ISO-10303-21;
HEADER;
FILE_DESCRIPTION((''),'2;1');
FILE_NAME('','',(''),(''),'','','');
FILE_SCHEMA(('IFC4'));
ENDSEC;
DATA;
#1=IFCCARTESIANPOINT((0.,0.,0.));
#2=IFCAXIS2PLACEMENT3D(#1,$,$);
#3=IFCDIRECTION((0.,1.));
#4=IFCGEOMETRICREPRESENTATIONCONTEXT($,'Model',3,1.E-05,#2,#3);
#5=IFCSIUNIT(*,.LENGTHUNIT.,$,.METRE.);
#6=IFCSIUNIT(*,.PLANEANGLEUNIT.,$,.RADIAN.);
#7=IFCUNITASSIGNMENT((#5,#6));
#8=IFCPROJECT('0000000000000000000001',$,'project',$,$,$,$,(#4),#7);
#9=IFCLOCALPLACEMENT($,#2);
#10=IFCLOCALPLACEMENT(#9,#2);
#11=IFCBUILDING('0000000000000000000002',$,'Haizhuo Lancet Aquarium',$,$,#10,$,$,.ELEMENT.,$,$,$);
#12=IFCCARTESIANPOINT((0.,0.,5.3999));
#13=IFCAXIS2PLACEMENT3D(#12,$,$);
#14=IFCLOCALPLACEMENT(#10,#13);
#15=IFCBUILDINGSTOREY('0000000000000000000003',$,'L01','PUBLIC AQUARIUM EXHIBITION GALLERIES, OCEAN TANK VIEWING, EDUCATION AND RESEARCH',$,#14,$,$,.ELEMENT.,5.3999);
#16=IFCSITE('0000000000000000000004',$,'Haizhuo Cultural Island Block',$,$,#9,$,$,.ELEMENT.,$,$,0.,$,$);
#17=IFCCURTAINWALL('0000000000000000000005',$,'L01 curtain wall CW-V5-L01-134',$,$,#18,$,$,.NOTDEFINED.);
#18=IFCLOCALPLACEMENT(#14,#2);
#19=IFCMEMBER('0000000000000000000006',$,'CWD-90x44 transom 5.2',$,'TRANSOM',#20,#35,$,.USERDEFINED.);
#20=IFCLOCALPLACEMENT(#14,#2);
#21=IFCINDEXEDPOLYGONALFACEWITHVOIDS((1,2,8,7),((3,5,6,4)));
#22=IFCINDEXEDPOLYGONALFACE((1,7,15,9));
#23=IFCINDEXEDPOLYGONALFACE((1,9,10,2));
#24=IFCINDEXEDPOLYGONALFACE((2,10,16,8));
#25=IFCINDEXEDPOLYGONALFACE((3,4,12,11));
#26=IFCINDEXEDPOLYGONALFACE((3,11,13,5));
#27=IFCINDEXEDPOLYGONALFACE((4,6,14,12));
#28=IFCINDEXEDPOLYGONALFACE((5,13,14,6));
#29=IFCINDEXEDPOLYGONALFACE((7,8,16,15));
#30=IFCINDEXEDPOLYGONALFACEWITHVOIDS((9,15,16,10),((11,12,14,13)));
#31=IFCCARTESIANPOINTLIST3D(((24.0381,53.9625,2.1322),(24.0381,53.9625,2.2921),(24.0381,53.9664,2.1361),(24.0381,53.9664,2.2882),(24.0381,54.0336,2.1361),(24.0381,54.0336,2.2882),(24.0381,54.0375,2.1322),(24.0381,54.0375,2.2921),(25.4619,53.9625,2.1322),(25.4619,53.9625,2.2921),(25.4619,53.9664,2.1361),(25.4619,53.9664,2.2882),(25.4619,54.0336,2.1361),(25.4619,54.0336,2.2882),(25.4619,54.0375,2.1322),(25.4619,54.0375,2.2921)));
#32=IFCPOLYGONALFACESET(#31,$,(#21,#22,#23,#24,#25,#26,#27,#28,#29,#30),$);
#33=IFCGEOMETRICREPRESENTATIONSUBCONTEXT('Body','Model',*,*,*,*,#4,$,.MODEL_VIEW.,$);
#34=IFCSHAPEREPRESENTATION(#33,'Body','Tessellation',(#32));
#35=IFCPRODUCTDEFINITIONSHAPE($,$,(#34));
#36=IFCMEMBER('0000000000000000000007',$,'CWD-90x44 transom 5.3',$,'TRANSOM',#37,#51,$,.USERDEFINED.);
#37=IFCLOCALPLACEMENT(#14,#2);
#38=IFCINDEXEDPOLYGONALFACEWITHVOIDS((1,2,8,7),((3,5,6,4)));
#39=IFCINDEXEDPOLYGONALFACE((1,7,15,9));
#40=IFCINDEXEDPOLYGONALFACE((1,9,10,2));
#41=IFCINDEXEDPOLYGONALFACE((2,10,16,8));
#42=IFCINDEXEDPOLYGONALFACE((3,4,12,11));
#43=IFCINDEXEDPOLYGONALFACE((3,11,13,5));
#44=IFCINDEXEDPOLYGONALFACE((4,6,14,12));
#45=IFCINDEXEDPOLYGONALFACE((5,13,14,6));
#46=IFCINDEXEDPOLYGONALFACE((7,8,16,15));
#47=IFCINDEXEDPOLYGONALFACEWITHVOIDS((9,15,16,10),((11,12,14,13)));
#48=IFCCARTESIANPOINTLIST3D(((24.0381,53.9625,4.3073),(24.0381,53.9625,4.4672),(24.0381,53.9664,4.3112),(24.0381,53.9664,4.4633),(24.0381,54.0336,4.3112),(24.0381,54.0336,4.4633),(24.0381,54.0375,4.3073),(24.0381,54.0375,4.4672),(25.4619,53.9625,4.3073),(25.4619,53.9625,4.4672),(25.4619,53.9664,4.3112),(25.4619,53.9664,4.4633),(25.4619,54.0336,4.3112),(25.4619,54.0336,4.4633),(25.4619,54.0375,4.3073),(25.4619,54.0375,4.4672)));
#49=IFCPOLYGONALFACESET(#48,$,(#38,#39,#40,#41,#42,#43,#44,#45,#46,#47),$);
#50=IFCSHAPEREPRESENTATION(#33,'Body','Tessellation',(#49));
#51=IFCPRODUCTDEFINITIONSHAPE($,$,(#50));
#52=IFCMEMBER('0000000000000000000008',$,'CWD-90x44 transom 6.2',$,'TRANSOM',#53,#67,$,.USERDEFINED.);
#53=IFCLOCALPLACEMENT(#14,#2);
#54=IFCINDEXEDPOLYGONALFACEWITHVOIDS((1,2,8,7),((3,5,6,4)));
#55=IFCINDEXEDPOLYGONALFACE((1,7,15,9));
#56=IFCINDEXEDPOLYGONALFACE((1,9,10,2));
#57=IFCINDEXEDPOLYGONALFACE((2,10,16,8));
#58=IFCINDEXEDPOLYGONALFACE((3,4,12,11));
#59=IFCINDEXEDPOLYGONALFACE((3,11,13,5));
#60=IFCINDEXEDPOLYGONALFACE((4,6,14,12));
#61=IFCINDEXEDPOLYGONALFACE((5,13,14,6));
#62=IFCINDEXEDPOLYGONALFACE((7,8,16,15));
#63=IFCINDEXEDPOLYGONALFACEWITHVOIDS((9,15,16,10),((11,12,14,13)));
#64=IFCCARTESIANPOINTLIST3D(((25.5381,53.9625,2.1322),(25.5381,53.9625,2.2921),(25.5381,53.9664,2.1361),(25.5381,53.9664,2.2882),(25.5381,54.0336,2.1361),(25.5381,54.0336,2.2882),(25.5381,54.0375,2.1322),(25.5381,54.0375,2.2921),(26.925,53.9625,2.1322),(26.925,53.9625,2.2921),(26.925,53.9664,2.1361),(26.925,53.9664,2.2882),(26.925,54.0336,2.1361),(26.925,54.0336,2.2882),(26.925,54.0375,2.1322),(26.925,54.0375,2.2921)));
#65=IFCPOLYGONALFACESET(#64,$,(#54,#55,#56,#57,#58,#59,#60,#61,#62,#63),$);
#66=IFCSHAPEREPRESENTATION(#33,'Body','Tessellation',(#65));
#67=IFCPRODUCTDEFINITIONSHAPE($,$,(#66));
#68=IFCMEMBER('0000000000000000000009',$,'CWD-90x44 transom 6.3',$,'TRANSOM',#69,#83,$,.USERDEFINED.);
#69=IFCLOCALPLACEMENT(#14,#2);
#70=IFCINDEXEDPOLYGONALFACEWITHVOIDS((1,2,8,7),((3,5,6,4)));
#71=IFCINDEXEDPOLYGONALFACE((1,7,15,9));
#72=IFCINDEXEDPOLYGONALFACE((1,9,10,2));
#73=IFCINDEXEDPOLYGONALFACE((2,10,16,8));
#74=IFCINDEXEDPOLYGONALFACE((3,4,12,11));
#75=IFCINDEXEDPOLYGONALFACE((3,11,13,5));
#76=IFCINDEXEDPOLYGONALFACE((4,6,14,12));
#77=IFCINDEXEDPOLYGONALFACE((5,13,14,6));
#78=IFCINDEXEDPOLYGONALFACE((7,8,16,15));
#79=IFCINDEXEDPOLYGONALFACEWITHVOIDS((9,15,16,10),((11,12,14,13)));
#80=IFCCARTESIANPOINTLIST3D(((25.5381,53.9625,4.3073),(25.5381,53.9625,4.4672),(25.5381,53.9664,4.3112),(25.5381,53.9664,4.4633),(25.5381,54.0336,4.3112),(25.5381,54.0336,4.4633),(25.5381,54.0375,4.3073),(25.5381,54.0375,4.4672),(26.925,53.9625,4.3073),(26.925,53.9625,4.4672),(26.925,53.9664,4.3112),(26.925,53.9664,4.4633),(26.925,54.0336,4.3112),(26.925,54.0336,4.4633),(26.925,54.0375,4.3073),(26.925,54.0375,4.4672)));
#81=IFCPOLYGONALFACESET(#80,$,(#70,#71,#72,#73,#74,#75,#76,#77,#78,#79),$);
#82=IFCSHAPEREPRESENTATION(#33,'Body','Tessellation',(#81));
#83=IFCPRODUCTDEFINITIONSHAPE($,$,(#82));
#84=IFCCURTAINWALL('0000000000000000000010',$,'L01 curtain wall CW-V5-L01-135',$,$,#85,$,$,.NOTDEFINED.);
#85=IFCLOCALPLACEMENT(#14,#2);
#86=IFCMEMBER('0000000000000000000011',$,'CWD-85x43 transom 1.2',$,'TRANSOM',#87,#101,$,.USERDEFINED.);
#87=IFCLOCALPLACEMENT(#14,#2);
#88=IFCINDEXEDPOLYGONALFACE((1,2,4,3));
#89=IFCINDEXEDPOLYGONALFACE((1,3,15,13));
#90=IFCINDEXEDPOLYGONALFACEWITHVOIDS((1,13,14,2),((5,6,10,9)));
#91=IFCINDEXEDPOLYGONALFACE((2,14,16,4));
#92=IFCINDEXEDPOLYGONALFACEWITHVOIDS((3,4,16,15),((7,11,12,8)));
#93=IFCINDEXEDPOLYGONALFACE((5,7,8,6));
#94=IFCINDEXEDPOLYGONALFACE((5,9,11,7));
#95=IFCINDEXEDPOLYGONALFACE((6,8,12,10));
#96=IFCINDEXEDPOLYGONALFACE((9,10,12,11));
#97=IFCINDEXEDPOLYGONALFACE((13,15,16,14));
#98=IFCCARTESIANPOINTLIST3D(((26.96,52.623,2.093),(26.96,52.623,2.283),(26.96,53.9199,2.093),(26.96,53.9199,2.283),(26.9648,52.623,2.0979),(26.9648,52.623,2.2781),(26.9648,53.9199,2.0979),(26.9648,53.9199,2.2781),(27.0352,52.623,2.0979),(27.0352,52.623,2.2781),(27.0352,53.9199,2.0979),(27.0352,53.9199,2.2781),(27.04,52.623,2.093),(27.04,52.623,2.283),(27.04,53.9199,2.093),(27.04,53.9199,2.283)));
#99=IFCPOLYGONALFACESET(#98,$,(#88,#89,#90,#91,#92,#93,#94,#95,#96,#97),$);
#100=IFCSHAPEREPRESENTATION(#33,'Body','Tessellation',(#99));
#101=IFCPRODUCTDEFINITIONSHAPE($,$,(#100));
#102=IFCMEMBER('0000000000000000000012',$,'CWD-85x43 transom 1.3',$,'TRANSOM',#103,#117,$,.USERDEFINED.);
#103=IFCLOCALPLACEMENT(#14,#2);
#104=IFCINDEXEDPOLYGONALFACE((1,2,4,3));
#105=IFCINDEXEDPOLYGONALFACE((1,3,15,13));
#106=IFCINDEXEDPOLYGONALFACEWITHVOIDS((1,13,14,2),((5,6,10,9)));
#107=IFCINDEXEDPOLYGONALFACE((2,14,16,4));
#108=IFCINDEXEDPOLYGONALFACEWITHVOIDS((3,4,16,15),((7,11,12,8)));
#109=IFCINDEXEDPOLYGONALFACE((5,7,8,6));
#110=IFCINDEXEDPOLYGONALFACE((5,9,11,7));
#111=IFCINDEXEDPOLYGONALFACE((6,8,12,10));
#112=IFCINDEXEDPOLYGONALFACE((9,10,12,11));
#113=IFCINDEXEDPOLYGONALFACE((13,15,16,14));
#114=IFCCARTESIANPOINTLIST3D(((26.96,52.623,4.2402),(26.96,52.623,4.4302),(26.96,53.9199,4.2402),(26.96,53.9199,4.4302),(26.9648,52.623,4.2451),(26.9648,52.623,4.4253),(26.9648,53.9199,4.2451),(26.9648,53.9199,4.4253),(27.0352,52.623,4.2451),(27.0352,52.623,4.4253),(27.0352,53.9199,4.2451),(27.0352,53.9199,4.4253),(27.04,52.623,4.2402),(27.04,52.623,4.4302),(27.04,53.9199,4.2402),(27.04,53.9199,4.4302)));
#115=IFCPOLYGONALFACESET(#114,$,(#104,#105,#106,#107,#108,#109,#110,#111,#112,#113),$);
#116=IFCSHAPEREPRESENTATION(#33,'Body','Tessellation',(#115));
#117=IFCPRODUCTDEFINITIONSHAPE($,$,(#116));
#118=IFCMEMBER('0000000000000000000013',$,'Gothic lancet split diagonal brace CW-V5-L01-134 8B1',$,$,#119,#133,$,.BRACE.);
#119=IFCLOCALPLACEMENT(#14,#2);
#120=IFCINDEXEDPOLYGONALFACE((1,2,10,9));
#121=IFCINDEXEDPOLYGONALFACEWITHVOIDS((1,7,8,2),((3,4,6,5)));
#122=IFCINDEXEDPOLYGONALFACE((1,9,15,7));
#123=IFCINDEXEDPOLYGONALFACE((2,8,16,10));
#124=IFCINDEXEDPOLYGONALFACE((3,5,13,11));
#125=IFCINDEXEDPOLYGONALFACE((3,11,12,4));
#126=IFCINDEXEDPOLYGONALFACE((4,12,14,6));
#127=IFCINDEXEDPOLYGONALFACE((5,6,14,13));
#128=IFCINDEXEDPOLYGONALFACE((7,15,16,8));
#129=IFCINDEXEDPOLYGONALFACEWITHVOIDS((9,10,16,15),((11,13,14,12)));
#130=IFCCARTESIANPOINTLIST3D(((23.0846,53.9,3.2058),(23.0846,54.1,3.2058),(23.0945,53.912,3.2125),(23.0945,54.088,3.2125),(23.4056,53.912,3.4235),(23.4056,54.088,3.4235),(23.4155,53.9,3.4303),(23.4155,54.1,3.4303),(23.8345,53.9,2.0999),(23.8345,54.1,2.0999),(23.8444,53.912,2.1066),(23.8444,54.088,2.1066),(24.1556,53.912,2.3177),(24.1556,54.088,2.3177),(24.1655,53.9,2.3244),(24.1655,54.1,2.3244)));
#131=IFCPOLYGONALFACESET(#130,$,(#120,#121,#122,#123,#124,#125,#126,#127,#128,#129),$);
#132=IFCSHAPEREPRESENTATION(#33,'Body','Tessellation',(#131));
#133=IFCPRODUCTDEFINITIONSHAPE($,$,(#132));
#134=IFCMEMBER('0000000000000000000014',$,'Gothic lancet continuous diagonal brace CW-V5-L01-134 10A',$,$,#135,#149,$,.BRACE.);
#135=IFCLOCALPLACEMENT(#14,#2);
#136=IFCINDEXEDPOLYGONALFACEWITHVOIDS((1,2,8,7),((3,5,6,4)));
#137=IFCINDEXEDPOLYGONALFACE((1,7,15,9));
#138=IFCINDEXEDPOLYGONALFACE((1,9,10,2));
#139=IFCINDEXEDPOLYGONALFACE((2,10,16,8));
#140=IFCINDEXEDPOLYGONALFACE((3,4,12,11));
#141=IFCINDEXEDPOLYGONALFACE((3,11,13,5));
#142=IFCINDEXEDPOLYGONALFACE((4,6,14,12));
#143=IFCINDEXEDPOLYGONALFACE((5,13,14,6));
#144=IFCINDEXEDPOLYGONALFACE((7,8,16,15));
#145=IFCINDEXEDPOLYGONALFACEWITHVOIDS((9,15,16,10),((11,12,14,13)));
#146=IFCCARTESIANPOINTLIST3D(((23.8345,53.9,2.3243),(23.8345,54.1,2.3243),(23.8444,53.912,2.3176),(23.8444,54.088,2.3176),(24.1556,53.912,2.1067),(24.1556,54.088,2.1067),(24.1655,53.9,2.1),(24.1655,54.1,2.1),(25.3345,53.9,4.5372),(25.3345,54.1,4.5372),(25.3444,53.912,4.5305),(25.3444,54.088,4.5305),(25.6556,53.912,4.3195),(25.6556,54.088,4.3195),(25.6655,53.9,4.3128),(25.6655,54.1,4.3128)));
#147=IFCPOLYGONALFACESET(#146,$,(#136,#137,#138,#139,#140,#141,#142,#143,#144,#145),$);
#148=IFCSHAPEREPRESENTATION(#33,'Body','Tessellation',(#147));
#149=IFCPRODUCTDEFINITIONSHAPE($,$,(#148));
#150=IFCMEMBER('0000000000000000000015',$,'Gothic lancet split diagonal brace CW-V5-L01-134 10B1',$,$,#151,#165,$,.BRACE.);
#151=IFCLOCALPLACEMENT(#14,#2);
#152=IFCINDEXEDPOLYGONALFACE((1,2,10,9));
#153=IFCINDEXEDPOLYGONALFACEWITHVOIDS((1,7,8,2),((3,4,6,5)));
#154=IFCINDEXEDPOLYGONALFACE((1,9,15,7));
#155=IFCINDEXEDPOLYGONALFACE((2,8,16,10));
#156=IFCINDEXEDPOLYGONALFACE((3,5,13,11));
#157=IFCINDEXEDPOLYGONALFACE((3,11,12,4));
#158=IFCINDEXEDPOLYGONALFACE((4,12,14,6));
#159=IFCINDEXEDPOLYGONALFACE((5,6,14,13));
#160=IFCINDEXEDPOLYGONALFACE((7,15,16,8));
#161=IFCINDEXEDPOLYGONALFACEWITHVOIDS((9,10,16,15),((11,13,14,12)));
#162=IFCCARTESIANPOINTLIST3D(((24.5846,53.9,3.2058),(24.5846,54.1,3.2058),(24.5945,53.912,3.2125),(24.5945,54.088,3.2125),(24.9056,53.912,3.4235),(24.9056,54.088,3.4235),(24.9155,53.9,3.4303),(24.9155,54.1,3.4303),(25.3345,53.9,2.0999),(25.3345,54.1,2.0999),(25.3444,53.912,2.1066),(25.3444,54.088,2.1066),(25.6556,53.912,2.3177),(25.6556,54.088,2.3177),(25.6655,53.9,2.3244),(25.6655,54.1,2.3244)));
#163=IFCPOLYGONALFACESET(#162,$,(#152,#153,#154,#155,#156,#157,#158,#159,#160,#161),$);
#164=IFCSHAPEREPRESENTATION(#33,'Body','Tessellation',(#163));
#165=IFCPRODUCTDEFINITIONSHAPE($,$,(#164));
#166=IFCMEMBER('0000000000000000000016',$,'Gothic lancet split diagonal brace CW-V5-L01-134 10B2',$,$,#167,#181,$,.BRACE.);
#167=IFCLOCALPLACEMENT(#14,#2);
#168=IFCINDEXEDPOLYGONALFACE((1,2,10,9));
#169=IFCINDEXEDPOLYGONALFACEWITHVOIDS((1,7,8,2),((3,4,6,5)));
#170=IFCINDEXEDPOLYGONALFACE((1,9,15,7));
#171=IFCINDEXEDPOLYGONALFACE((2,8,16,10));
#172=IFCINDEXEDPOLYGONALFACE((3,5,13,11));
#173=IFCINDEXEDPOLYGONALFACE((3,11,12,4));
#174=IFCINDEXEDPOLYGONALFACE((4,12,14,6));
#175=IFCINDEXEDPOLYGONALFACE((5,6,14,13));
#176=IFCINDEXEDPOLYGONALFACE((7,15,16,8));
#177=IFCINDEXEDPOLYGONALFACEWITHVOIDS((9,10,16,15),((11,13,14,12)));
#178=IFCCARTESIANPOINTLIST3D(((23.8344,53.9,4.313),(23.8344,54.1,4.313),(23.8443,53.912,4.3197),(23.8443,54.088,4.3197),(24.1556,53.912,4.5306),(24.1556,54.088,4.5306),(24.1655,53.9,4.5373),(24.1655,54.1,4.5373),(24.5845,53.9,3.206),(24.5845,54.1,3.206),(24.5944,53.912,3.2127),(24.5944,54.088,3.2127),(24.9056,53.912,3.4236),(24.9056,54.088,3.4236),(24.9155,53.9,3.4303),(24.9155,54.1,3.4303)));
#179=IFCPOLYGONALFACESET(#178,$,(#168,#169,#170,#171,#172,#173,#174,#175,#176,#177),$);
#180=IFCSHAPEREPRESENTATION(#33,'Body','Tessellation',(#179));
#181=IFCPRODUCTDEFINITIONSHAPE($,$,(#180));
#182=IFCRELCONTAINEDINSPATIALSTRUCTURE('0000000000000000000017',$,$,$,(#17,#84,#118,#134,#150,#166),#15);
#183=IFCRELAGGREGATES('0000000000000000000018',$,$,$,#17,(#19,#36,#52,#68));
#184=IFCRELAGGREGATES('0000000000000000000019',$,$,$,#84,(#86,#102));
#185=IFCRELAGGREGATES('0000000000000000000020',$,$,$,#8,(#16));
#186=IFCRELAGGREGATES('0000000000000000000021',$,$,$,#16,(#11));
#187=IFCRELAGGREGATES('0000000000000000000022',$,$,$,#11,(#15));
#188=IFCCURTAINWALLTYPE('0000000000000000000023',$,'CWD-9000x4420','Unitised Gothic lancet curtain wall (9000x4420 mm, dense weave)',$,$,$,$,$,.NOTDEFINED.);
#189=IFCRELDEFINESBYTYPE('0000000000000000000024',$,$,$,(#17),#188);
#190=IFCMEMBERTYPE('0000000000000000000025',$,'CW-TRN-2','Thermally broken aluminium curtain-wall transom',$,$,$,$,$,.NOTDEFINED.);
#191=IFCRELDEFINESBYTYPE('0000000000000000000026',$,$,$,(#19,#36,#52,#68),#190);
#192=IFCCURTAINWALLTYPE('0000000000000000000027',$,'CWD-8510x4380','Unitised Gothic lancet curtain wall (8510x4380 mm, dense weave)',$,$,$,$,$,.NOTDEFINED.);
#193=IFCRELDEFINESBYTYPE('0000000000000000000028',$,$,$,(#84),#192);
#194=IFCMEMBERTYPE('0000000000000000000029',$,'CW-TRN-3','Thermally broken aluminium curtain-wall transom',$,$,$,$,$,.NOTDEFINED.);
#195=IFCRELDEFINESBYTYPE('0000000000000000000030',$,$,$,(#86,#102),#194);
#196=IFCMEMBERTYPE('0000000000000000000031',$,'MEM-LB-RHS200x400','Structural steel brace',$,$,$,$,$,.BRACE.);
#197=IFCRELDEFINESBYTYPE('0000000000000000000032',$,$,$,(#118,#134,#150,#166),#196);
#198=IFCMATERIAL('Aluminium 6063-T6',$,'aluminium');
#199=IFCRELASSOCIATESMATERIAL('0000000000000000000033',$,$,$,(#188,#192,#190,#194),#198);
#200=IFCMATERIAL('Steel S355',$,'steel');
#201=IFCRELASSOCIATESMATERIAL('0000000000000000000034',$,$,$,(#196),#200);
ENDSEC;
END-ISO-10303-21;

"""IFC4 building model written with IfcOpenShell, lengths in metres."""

from ifc_helpers import new_model, si_unit, direction, frame, origin, origin_2d, place, context, subcontext, project, spatial, hollow_rectangle, extrude, material, material_profile, profile_set, type_object, element, aggregate, save


model = new_model("IFC4")

# Units and contexts
model_context = context("Model", 3, precision=1e-05, world=origin(), true_north=direction((0.0, 1.0)))
body_context = subcontext(model_context, "Body", "Model", "MODEL_VIEW")
ifc_project = project(units=[si_unit("LENGTHUNIT", "METRE"), si_unit("PLANEANGLEUNIT", "RADIAN")], contexts=[model_context])

# Site, building, storey
site_placement = place(None, origin())
site = spatial("IfcSite", under=ifc_project, at=site_placement, Name="Haizhuo Cultural Island Block", CompositionType="ELEMENT", RefElevation=0.0)
building_placement = place(site_placement, origin())
building = spatial("IfcBuilding", under=site, at=building_placement, Name="Haizhuo Lancet Aquarium", CompositionType="ELEMENT")
storey_placement = place(building_placement, frame((0.0, 0.0, 5.3999)))
storey = spatial("IfcBuildingStorey", under=building, at=storey_placement, Name="L01", Description="PUBLIC AQUARIUM EXHIBITION GALLERIES, OCEAN TANK VIEWING, EDUCATION AND RESEARCH", CompositionType="ELEMENT", Elevation=5.3999)

# Curtain walls, members
ifc_material_1 = material(Name="Aluminium 6063-T6", Category="aluminium")
curtain_wall_type_1 = type_object("IfcCurtainWallType", Name="CWD-9000x4420", Description="Unitised Gothic lancet curtain wall (9000x4420 mm, dense weave)", PredefinedType="NOTDEFINED", material=ifc_material_1)
curtain_wall_1_placement = place(storey_placement, origin())
curtain_wall_1 = element("IfcCurtainWall", 1, at=curtain_wall_1_placement, inside=storey, type_object=curtain_wall_type_1, Name="L01 curtain wall CW-V5-L01-134", PredefinedType="NOTDEFINED")
ifc_material_profile_1 = material_profile(ifc_material_1, hollow_rectangle(XDim=0.075, YDim=0.1599, WallThickness=0.0039, at=origin_2d()), Name="ALU-T 75x160x4")
ifc_profile_set_1 = profile_set([ifc_material_profile_1], Name="Aluminium 6063-T6")
member_type_1 = type_object("IfcMemberType", Name="CW-TRN-2", Description="Thermally broken aluminium curtain-wall transom", PredefinedType="NOTDEFINED", material=ifc_profile_set_1)
member_1_placement = place(storey_placement, frame((24.0381, 54.0, 2.2122), z_axis=(1.0, 0.0, 0.0), x_axis=(0.0, 1.0, 0.0)))
member_1 = element("IfcMember", 2, at=member_1_placement, type_object=member_type_1, Name="CWD-90x44 transom 5.2", ObjectType="TRANSOM", PredefinedType="USERDEFINED", context=body_context, shape_type="SweptSolid", body=[
    extrude(hollow_rectangle(XDim=0.075, YDim=0.1599, WallThickness=0.0039, at=origin_2d()), origin(), (0.0, 0.0, 1.0), 1.4238),
])
member_2_placement = place(storey_placement, frame((24.0381, 54.0, 4.3872), z_axis=(1.0, 0.0, 0.0), x_axis=(0.0, 1.0, 0.0)))
member_2 = element("IfcMember", 3, at=member_2_placement, type_object=member_type_1, Name="CWD-90x44 transom 5.3", ObjectType="TRANSOM", PredefinedType="USERDEFINED", context=body_context, shape_type="SweptSolid", body=[
    extrude(hollow_rectangle(XDim=0.075, YDim=0.1599, WallThickness=0.0039, at=origin_2d()), origin(), (0.0, 0.0, 1.0), 1.4238),
])
member_3_placement = place(storey_placement, frame((25.5381, 54.0, 2.2122), z_axis=(1.0, 0.0, 0.0), x_axis=(0.0, 1.0, 0.0)))
member_3 = element("IfcMember", 4, at=member_3_placement, type_object=member_type_1, Name="CWD-90x44 transom 6.2", ObjectType="TRANSOM", PredefinedType="USERDEFINED", context=body_context, shape_type="SweptSolid", body=[
    extrude(hollow_rectangle(XDim=0.075, YDim=0.1599, WallThickness=0.0039, at=origin_2d()), origin(), (0.0, 0.0, 1.0), 1.387),
])
member_4_placement = place(storey_placement, frame((25.5381, 54.0, 4.3872), z_axis=(1.0, 0.0, 0.0), x_axis=(0.0, 1.0, 0.0)))
member_4 = element("IfcMember", 5, at=member_4_placement, type_object=member_type_1, Name="CWD-90x44 transom 6.3", ObjectType="TRANSOM", PredefinedType="USERDEFINED", context=body_context, shape_type="SweptSolid", body=[
    extrude(hollow_rectangle(XDim=0.075, YDim=0.1599, WallThickness=0.0039, at=origin_2d()), origin(), (0.0, 0.0, 1.0), 1.387),
])
curtain_wall_type_2 = type_object("IfcCurtainWallType", Name="CWD-8510x4380", Description="Unitised Gothic lancet curtain wall (8510x4380 mm, dense weave)", PredefinedType="NOTDEFINED", material=ifc_material_1)
curtain_wall_2_placement = place(storey_placement, origin())
curtain_wall_2 = element("IfcCurtainWall", 6, at=curtain_wall_2_placement, inside=storey, type_object=curtain_wall_type_2, Name="L01 curtain wall CW-V5-L01-135", PredefinedType="NOTDEFINED")
ifc_material_profile_2 = material_profile(ifc_material_1, hollow_rectangle(XDim=0.0801, YDim=0.1899, WallThickness=0.0049, at=origin_2d()), Name="ALU-T 80x190x5")
ifc_profile_set_2 = profile_set([ifc_material_profile_2], Name="Aluminium 6063-T6")
member_type_2 = type_object("IfcMemberType", Name="CW-TRN-3", Description="Thermally broken aluminium curtain-wall transom", PredefinedType="NOTDEFINED", material=ifc_profile_set_2)
member_5_placement = place(storey_placement, frame((27.0, 53.9199, 2.188), z_axis=(0.0, -1.0, 0.0), x_axis=(1.0, 0.0, 0.0)))
member_5 = element("IfcMember", 7, at=member_5_placement, type_object=member_type_2, Name="CWD-85x43 transom 1.2", ObjectType="TRANSOM", PredefinedType="USERDEFINED", context=body_context, shape_type="SweptSolid", body=[
    extrude(hollow_rectangle(XDim=0.0801, YDim=0.1899, WallThickness=0.0049, at=origin_2d()), origin(), (0.0, 0.0, 1.0), 1.2969),
])
member_6_placement = place(storey_placement, frame((27.0, 53.9199, 4.3352), z_axis=(0.0, -1.0, 0.0), x_axis=(1.0, 0.0, 0.0)))
member_6 = element("IfcMember", 8, at=member_6_placement, type_object=member_type_2, Name="CWD-85x43 transom 1.3", ObjectType="TRANSOM", PredefinedType="USERDEFINED", context=body_context, shape_type="SweptSolid", body=[
    extrude(hollow_rectangle(XDim=0.0801, YDim=0.1899, WallThickness=0.0049, at=origin_2d()), origin(), (0.0, 0.0, 1.0), 1.2969),
])

# Members
ifc_material_2 = material(Name="Steel S355", Category="steel")
ifc_material_profile_3 = material_profile(ifc_material_2, hollow_rectangle(XDim=0.2, YDim=0.3999, WallThickness=0.012, at=origin_2d()), Name="RHS 200x400x12")
ifc_profile_set_3 = profile_set([ifc_material_profile_3], Name="Steel S355")
member_type_3 = type_object("IfcMemberType", Name="MEM-LB-RHS200x400", Description="Structural steel brace", PredefinedType="BRACE", material=ifc_profile_set_3)
member_7_placement = place(storey_placement, frame((24.0, 54.0, 2.2122), z_axis=(-0.56126, 0.0, 0.827639), x_axis=(0.0, -1.0, 0.0)))
element("IfcMember", 9, at=member_7_placement, inside=storey, type_object=member_type_3, Name="Gothic lancet split diagonal brace CW-V5-L01-134 8B1", PredefinedType="BRACE", context=body_context, shape_type="SweptSolid", body=[
    extrude(hollow_rectangle(XDim=0.2, YDim=0.3999, WallThickness=0.012, at=origin_2d()), origin(), (0.0, 0.0, 1.0), 1.3362),
])
member_8_placement = place(storey_placement, frame((24.0, 54.0, 2.2122), z_axis=(0.56109, 0.0, 0.827755), x_axis=(0.0, 1.0, 0.0)))
element("IfcMember", 10, at=member_8_placement, inside=storey, type_object=member_type_3, Name="Gothic lancet continuous diagonal brace CW-V5-L01-134 10A", PredefinedType="BRACE", context=body_context, shape_type="SweptSolid", body=[
    extrude(hollow_rectangle(XDim=0.2, YDim=0.3999, WallThickness=0.012, at=origin_2d()), origin(), (0.0, 0.0, 1.0), 2.6733),
])
member_9_placement = place(storey_placement, frame((25.5, 54.0, 2.2122), z_axis=(-0.56126, 0.0, 0.827639), x_axis=(0.0, -1.0, 0.0)))
element("IfcMember", 11, at=member_9_placement, inside=storey, type_object=member_type_3, Name="Gothic lancet split diagonal brace CW-V5-L01-134 10B1", PredefinedType="BRACE", context=body_context, shape_type="SweptSolid", body=[
    extrude(hollow_rectangle(XDim=0.2, YDim=0.3999, WallThickness=0.012, at=origin_2d()), origin(), (0.0, 0.0, 1.0), 1.3362),
])
member_10_placement = place(storey_placement, frame((24.75, 54.0, 3.3181), z_axis=(-0.560921, 0.0, 0.827869), x_axis=(0.0, -1.0, 0.0)))
element("IfcMember", 12, at=member_10_placement, inside=storey, type_object=member_type_3, Name="Gothic lancet split diagonal brace CW-V5-L01-134 10B2", PredefinedType="BRACE", context=body_context, shape_type="SweptSolid", body=[
    extrude(hollow_rectangle(XDim=0.2, YDim=0.3999, WallThickness=0.012, at=origin_2d()), origin(), (0.0, 0.0, 1.0), 1.3372),
])

aggregate(curtain_wall_1, [member_1, member_2, member_3, member_4])
aggregate(curtain_wall_2, [member_5, member_6])

save(model, "model.ifc")
